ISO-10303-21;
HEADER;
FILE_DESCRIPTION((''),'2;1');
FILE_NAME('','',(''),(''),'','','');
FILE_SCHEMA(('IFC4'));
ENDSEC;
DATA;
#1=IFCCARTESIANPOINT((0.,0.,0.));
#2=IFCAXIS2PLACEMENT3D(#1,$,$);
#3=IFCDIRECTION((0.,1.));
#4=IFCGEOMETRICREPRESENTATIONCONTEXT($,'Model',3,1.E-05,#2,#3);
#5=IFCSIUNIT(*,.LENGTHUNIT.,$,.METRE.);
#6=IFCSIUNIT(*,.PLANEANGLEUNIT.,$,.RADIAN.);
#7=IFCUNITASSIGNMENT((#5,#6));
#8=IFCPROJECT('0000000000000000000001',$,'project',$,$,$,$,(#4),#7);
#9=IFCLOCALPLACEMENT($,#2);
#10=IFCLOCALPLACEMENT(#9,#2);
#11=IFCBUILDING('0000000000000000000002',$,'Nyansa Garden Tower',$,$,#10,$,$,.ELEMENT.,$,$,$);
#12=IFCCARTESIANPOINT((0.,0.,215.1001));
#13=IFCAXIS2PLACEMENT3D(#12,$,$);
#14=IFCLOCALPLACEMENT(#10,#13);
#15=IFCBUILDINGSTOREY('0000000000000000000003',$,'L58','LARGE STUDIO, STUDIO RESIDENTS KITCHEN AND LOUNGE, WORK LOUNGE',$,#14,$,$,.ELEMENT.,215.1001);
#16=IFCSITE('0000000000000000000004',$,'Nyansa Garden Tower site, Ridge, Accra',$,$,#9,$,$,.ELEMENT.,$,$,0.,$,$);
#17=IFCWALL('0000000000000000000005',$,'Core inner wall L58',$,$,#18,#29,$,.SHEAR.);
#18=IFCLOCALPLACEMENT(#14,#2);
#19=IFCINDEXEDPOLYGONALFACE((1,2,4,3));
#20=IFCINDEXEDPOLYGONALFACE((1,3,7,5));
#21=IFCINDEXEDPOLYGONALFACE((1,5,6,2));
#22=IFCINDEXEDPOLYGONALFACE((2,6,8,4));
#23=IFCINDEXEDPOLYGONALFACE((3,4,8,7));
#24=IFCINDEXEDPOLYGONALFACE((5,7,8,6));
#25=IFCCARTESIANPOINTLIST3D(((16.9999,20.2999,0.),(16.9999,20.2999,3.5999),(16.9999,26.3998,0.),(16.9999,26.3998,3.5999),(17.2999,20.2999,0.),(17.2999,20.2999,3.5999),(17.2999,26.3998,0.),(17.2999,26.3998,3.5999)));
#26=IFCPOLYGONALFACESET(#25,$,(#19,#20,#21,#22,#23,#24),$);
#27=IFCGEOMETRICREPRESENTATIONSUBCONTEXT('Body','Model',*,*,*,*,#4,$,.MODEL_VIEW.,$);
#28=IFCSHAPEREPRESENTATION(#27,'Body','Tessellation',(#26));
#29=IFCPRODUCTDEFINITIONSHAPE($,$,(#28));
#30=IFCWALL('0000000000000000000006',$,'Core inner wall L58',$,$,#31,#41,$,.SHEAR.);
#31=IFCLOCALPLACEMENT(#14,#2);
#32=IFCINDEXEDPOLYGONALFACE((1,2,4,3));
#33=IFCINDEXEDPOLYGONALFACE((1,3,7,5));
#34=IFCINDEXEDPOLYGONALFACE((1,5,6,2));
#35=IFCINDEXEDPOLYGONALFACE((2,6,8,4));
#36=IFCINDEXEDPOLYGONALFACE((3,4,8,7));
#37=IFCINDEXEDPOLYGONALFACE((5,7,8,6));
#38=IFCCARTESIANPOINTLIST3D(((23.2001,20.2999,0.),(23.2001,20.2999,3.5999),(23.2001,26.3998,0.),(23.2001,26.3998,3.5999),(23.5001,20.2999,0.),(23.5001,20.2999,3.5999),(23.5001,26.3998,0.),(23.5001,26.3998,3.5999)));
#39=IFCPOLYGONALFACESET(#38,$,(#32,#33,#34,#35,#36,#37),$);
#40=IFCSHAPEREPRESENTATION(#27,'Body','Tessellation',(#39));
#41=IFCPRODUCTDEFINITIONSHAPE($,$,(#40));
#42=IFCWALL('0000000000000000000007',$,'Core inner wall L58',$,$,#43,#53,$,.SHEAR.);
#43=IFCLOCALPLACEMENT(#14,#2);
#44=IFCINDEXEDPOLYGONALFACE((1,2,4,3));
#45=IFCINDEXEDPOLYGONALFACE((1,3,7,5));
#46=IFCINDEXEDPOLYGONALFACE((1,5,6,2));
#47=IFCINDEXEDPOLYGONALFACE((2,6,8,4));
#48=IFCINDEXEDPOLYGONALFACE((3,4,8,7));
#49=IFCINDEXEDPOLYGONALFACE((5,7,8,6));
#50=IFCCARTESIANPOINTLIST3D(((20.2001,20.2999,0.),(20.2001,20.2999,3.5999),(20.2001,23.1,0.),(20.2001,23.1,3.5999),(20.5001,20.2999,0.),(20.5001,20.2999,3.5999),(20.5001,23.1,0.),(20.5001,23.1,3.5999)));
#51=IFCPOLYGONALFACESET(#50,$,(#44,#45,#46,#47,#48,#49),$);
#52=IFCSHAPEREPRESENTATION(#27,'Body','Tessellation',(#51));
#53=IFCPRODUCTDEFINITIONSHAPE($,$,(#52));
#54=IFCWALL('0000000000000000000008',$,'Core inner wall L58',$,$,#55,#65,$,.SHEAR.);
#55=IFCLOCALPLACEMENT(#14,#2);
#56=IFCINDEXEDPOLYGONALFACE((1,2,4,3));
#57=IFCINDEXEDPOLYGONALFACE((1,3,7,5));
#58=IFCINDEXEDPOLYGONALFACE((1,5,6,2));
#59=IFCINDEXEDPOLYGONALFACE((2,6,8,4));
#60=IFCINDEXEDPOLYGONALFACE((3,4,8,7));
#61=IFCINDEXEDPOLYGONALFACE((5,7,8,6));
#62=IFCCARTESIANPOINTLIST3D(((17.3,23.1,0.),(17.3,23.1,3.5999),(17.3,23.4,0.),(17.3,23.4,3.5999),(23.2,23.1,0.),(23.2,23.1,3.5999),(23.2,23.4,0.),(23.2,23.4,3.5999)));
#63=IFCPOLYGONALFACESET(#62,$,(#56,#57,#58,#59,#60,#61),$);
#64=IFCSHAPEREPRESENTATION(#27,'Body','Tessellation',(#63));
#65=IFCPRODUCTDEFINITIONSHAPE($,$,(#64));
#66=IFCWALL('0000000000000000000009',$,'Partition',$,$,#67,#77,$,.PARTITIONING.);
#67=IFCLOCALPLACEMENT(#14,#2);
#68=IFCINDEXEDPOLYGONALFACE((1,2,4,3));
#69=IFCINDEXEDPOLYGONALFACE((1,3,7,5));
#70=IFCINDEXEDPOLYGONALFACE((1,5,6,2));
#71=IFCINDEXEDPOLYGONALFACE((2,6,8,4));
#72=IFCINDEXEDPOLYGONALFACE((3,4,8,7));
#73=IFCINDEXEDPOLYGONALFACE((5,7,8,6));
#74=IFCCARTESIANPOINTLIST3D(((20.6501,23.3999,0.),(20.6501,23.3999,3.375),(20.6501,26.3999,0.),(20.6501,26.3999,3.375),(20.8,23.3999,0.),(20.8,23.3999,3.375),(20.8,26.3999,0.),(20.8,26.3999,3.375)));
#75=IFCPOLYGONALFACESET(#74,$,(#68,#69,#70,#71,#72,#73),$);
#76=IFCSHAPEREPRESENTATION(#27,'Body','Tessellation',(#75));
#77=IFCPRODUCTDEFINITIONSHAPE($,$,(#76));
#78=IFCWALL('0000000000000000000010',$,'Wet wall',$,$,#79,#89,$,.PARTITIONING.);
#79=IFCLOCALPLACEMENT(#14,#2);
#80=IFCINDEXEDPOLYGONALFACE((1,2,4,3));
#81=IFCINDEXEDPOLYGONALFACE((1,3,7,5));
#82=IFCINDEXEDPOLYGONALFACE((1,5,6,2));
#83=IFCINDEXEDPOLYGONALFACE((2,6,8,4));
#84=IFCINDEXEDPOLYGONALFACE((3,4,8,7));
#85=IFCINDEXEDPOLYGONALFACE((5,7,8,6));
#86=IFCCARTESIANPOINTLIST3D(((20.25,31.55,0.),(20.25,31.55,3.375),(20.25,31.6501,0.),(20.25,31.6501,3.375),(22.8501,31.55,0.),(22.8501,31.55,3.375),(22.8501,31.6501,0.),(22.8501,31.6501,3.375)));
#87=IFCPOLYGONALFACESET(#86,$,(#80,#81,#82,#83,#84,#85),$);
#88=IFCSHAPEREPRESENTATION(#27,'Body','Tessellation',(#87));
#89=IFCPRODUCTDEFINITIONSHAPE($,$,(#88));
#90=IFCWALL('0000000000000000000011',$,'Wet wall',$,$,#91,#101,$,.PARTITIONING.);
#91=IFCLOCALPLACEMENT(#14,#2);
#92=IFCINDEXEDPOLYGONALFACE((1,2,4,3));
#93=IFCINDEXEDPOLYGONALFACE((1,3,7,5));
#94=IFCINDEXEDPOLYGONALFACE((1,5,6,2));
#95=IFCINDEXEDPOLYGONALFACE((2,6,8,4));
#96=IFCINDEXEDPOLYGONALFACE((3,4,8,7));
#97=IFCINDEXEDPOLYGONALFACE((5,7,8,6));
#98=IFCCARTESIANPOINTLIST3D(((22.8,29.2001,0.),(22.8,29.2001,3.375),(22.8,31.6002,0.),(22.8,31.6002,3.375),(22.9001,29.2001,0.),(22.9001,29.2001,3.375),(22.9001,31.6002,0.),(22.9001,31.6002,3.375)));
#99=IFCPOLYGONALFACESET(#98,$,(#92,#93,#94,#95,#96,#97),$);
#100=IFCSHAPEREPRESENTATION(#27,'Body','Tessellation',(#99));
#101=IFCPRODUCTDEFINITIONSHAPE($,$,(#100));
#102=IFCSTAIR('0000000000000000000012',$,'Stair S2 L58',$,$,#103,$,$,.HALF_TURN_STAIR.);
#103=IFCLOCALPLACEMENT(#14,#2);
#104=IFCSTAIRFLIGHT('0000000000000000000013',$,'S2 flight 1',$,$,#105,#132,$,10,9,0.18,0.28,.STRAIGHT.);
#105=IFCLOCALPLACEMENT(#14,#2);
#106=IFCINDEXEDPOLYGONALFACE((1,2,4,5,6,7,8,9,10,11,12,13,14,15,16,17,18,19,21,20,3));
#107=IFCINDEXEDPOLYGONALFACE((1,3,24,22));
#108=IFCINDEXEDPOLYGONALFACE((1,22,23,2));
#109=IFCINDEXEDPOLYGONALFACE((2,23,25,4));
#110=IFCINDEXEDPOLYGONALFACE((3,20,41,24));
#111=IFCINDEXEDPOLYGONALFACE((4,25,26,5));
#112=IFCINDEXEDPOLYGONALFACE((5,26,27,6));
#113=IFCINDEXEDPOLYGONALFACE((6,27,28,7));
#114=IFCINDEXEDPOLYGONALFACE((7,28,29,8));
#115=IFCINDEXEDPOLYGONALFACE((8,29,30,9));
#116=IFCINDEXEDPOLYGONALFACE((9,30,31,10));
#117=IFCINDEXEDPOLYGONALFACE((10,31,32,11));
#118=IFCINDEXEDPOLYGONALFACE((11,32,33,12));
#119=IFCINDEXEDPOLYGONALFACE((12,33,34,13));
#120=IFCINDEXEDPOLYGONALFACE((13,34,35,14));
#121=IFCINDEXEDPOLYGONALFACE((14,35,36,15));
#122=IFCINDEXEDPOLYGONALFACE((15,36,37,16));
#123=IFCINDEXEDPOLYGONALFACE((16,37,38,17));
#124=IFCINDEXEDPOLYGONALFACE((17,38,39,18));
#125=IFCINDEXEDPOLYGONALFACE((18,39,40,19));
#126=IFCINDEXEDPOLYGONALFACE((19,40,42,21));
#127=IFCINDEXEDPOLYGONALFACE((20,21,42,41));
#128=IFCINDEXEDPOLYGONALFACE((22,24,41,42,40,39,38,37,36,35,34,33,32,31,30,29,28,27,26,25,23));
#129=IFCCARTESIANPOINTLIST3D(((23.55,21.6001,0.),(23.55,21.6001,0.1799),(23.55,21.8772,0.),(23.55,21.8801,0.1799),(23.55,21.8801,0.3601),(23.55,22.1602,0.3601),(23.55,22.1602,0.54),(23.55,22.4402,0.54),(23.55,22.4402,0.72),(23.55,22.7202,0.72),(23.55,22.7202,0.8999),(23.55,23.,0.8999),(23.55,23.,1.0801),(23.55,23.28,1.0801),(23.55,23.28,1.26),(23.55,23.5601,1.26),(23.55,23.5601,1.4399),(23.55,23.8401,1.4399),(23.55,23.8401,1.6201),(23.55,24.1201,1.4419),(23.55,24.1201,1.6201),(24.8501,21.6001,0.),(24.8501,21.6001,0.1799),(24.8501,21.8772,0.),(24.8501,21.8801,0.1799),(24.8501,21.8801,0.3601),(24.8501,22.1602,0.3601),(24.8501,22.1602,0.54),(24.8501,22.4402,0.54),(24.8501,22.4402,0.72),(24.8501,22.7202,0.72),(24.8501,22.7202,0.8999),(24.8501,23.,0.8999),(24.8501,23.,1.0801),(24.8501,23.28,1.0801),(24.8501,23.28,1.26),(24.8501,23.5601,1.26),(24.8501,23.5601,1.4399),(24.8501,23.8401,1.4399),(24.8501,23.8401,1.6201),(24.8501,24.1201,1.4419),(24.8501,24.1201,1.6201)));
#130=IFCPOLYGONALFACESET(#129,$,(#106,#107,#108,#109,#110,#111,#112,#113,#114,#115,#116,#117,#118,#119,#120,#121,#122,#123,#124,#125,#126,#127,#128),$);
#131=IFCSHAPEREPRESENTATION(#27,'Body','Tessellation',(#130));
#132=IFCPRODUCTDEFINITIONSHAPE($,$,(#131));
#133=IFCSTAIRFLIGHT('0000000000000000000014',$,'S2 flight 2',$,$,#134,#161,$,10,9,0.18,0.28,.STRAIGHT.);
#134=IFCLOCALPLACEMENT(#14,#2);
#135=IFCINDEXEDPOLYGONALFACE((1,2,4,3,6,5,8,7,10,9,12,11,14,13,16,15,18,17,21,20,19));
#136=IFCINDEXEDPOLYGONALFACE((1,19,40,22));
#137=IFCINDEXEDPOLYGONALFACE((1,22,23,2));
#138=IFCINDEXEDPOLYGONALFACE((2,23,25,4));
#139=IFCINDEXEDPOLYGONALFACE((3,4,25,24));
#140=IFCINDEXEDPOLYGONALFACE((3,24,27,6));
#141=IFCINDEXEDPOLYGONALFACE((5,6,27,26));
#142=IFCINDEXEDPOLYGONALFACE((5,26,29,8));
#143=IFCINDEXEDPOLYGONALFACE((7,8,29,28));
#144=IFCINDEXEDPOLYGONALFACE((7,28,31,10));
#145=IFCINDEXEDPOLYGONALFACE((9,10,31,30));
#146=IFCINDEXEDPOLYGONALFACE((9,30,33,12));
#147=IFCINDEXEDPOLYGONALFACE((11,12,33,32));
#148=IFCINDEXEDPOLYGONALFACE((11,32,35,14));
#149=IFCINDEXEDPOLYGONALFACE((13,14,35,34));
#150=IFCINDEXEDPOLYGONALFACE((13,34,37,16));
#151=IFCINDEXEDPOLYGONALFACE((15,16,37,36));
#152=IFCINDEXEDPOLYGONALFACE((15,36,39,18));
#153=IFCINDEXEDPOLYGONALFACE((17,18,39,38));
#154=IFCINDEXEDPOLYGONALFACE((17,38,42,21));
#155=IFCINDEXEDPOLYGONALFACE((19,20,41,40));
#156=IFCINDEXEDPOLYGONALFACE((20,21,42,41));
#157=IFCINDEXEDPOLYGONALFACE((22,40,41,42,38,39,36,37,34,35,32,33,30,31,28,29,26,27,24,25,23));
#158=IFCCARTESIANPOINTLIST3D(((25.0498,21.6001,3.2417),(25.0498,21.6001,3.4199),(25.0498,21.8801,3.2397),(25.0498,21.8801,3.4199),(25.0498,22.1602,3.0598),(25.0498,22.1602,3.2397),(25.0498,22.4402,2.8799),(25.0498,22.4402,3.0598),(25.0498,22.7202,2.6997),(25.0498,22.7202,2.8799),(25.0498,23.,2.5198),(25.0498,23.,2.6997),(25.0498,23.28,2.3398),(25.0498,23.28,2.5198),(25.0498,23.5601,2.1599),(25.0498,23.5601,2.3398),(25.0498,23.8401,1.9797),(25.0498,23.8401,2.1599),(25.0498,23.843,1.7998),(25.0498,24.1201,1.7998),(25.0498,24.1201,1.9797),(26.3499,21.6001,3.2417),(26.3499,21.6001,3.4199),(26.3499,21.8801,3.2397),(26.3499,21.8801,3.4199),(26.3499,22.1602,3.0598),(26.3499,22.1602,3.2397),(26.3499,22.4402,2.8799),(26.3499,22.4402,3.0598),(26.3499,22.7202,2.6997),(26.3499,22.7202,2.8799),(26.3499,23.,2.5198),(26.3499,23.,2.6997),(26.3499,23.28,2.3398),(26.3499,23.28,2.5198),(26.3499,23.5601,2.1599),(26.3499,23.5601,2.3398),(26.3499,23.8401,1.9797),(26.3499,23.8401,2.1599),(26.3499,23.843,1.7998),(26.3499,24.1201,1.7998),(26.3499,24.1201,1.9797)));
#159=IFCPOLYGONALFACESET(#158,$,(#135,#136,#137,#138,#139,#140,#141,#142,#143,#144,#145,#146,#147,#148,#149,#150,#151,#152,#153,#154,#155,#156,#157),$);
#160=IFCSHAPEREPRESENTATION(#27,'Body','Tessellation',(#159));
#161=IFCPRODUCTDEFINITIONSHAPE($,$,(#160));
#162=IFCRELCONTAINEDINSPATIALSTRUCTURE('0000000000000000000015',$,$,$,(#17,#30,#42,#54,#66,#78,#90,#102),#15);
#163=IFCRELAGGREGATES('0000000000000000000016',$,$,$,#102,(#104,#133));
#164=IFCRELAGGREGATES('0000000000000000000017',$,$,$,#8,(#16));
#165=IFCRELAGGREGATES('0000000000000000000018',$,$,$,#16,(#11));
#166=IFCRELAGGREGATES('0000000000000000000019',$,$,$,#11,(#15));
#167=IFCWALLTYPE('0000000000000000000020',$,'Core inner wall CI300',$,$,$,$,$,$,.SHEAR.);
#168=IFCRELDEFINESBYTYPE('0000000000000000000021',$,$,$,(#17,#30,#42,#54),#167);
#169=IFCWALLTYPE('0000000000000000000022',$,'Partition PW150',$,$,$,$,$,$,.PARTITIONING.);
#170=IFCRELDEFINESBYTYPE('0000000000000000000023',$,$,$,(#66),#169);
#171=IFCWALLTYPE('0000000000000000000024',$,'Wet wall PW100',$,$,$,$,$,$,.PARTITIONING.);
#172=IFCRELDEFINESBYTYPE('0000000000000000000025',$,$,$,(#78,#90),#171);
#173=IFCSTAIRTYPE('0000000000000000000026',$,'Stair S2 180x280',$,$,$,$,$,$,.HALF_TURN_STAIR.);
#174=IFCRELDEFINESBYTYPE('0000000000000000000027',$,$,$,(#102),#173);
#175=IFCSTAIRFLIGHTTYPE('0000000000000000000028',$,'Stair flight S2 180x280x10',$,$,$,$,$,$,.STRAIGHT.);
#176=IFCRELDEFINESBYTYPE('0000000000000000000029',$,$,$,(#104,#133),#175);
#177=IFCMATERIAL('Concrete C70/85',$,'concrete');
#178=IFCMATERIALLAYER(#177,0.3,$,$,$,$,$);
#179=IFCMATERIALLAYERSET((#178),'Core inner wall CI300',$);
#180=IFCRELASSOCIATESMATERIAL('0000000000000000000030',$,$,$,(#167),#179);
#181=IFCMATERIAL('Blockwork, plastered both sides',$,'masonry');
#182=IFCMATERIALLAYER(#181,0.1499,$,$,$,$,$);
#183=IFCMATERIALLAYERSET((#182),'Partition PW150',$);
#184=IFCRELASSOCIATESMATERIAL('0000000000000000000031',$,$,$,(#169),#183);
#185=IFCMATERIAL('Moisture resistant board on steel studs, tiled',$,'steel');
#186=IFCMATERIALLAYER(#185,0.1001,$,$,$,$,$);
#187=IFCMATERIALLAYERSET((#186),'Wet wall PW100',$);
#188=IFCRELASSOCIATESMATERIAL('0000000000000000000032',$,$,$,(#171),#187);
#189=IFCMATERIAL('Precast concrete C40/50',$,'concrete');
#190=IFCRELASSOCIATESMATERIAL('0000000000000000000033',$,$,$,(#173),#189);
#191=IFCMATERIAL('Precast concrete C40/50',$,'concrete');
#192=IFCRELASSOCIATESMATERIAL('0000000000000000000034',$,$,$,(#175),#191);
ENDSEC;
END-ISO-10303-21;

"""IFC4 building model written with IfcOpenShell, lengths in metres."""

from ifc_helpers import new_model, si_unit, direction, frame, frame_2d, origin, place, context, subcontext, project, spatial, polyline, rectangle, outline, extrude, material, layer, layer_set, type_object, element, aggregate, save


model = new_model("IFC4")

# Units and contexts
model_context = context("Model", 3, precision=1e-05, world=origin(), true_north=direction((0.0, 1.0)))
body_context = subcontext(model_context, "Body", "Model", "MODEL_VIEW")
ifc_project = project(units=[si_unit("LENGTHUNIT", "METRE"), si_unit("PLANEANGLEUNIT", "RADIAN")], contexts=[model_context])

# Site, building, storey
site_placement = place(None, origin())
site = spatial("IfcSite", under=ifc_project, at=site_placement, Name="Nyansa Garden Tower site, Ridge, Accra", CompositionType="ELEMENT", RefElevation=0.0)
building_placement = place(site_placement, origin())
building = spatial("IfcBuilding", under=site, at=building_placement, Name="Nyansa Garden Tower", CompositionType="ELEMENT")
storey_placement = place(building_placement, frame((0.0, 0.0, 215.1001)))
storey = spatial("IfcBuildingStorey", under=building, at=storey_placement, Name="L58", Description="LARGE STUDIO, STUDIO RESIDENTS KITCHEN AND LOUNGE, WORK LOUNGE", CompositionType="ELEMENT", Elevation=215.1001)

# Walls
ifc_material_1 = material(Name="Concrete C70/85", Category="concrete")
ifc_layer_1 = layer(ifc_material_1, 0.3)
ifc_layer_set_1 = layer_set([ifc_layer_1], Name="Core inner wall CI300")
wall_type_1 = type_object("IfcWallType", Name="Core inner wall CI300", PredefinedType="SHEAR", material=ifc_layer_set_1)
for number, where, z_axis, x_axis, name in (
    (1, (17.1499, 20.3, 0.0), (0.0, 0.0, 1.0), (0.0, 1.0, 0.0), "Core inner wall L58"),
    (2, (23.3501, 20.3, 0.0), (0.0, 0.0, 1.0), (0.0, 1.0, 0.0), "Core inner wall L58"),
):
    element("IfcWall", number, at=place(storey_placement, frame(where, z_axis=z_axis, x_axis=x_axis)), inside=storey, type_object=wall_type_1, Name=name, PredefinedType="SHEAR", context=body_context, shape_type="SweptSolid", body=[
        extrude(rectangle(XDim=6.0999, YDim=0.3, at=frame_2d((3.0498, 0.0))), origin(), (0.0, 0.0, 1.0), 3.5999),
    ])
wall_1_placement = place(storey_placement, frame((20.3501, 20.3, 0.0), z_axis=(0.0, 0.0, 1.0), x_axis=(0.0, 1.0, 0.0)))
element("IfcWall", 3, at=wall_1_placement, inside=storey, type_object=wall_type_1, Name="Core inner wall L58", PredefinedType="SHEAR", context=body_context, shape_type="SweptSolid", body=[
    extrude(rectangle(XDim=2.8, YDim=0.3, at=frame_2d((1.3999, 0.0))), origin(), (0.0, 0.0, 1.0), 3.5999),
])
wall_2_placement = place(storey_placement, frame((17.3, 23.25, 0.0), z_axis=(0.0, 0.0, 1.0), x_axis=(1.0, 0.0, 0.0)))
element("IfcWall", 4, at=wall_2_placement, inside=storey, type_object=wall_type_1, Name="Core inner wall L58", PredefinedType="SHEAR", context=body_context, shape_type="SweptSolid", body=[
    extrude(rectangle(XDim=5.8999, YDim=0.3, at=frame_2d((2.95, 0.0))), origin(), (0.0, 0.0, 1.0), 3.5999),
])
ifc_material_2 = material(Name="Blockwork, plastered both sides", Category="masonry")
ifc_layer_2 = layer(ifc_material_2, 0.1499)
ifc_layer_set_2 = layer_set([ifc_layer_2], Name="Partition PW150")
wall_type_2 = type_object("IfcWallType", Name="Partition PW150", PredefinedType="PARTITIONING", material=ifc_layer_set_2)
wall_3_placement = place(storey_placement, frame((20.7251, 23.3999, 0.0), z_axis=(0.0, 0.0, 1.0), x_axis=(0.0, 1.0, 0.0)))
element("IfcWall", 5, at=wall_3_placement, inside=storey, type_object=wall_type_2, Name="Partition", PredefinedType="PARTITIONING", context=body_context, shape_type="SweptSolid", body=[
    extrude(rectangle(XDim=3.0, YDim=0.1499, at=frame_2d((1.5, 0.0))), origin(), (0.0, 0.0, 1.0), 3.375),
])
ifc_material_3 = material(Name="Moisture resistant board on steel studs, tiled", Category="steel")
ifc_layer_3 = layer(ifc_material_3, 0.1001)
ifc_layer_set_3 = layer_set([ifc_layer_3], Name="Wet wall PW100")
wall_type_3 = type_object("IfcWallType", Name="Wet wall PW100", PredefinedType="PARTITIONING", material=ifc_layer_set_3)
wall_4_placement = place(storey_placement, frame((20.25, 31.6001, 0.0), z_axis=(0.0, 0.0, 1.0), x_axis=(1.0, 0.0, 0.0)))
element("IfcWall", 6, at=wall_4_placement, inside=storey, type_object=wall_type_3, Name="Wet wall", PredefinedType="PARTITIONING", context=body_context, shape_type="SweptSolid", body=[
    extrude(rectangle(XDim=2.6001, YDim=0.1001, at=frame_2d((1.3, 0.0))), origin(), (0.0, 0.0, 1.0), 3.375),
])
wall_5_placement = place(storey_placement, frame((22.8501, 29.2, 0.0), z_axis=(0.0, 0.0, 1.0), x_axis=(0.0, 1.0, 0.0)))
element("IfcWall", 7, at=wall_5_placement, inside=storey, type_object=wall_type_3, Name="Wet wall", PredefinedType="PARTITIONING", context=body_context, shape_type="SweptSolid", body=[
    extrude(rectangle(XDim=2.4001, YDim=0.1001, at=frame_2d((1.2002, 0.0))), origin(), (0.0, 0.0, 1.0), 3.375),
])

# Stair, stair flights
ifc_material_4 = material(Name="Precast concrete C40/50", Category="concrete")
stair_type = type_object("IfcStairType", Name="Stair S2 180x280", PredefinedType="HALF_TURN_STAIR", material=ifc_material_4)
stair_placement = place(storey_placement, origin())
stair = element("IfcStair", 8, at=stair_placement, inside=storey, type_object=stair_type, Name="Stair S2 L58", PredefinedType="HALF_TURN_STAIR")
ifc_material_5 = material(Name="Precast concrete C40/50", Category="concrete")
stair_flight_type = type_object("IfcStairFlightType", Name="Stair flight S2 180x280x10", PredefinedType="STRAIGHT", material=ifc_material_5)
stair_flight_1_placement = place(storey_placement, frame((24.2, 21.6001, 0.0), z_axis=(0.0, 0.0, 1.0), x_axis=(0.0, 1.0, 0.0)))
stair_flight_1 = element("IfcStairFlight", 9, at=stair_flight_1_placement, type_object=stair_flight_type, Name="S2 flight 1", NumberOfRisers=10, NumberOfTreads=9, PredefinedType="STRAIGHT", RiserHeight=0.18, TreadLength=0.28, context=body_context, shape_type="SweptSolid", body=[
    extrude(outline(polyline([(0.0, 0.0), (0.0, 0.1799), (0.28, 0.1799), (0.28, 0.3601), (0.5601, 0.3601), (0.5601, 0.54), (0.8401, 0.54), (0.8401, 0.72), (1.1201, 0.72), (1.1201, 0.8999), (1.3999, 0.8999), (1.3999, 1.0801), (1.6799, 1.0801), (1.6799, 1.26), (1.96, 1.26), (1.96, 1.4399), (2.24, 1.4399), (2.24, 1.6201), (2.52, 1.6201), (2.52, 1.8), (2.52, 1.4419), (0.2771, 0.0), (0.0, 0.0)])), frame((0.0, 0.6499, 0.0), z_axis=(0.0, -1.0, 0.0), x_axis=(1.0, 0.0, 0.0)), (0.0, 0.0, 1.0), 1.3),
])
stair_flight_2_placement = place(storey_placement, frame((25.7, 24.1201, 1.7998), z_axis=(0.0, 0.0, 1.0), x_axis=(0.0, -1.0, 0.0)))
stair_flight_2 = element("IfcStairFlight", 10, at=stair_flight_2_placement, type_object=stair_flight_type, Name="S2 flight 2", NumberOfRisers=10, NumberOfTreads=9, PredefinedType="STRAIGHT", RiserHeight=0.18, TreadLength=0.28, context=body_context, shape_type="SweptSolid", body=[
    extrude(outline(polyline([(0.0, 0.0), (0.0, 0.1799), (0.28, 0.1799), (0.28, 0.3601), (0.5601, 0.3601), (0.5601, 0.54), (0.8401, 0.54), (0.8401, 0.72), (1.1201, 0.72), (1.1201, 0.8999), (1.3999, 0.8999), (1.3999, 1.0801), (1.6799, 1.0801), (1.6799, 1.26), (1.96, 1.26), (1.96, 1.4399), (2.24, 1.4399), (2.24, 1.6201), (2.52, 1.6201), (2.52, 1.8), (2.52, 1.4419), (0.2771, 0.0), (0.0, 0.0)])), frame((0.0, 0.6499, 0.0), z_axis=(0.0, -1.0, 0.0), x_axis=(1.0, 0.0, 0.0)), (0.0, 0.0, 1.0), 1.3),
])
aggregate(stair, [stair_flight_1, stair_flight_2])

save(model, "model.ifc")
